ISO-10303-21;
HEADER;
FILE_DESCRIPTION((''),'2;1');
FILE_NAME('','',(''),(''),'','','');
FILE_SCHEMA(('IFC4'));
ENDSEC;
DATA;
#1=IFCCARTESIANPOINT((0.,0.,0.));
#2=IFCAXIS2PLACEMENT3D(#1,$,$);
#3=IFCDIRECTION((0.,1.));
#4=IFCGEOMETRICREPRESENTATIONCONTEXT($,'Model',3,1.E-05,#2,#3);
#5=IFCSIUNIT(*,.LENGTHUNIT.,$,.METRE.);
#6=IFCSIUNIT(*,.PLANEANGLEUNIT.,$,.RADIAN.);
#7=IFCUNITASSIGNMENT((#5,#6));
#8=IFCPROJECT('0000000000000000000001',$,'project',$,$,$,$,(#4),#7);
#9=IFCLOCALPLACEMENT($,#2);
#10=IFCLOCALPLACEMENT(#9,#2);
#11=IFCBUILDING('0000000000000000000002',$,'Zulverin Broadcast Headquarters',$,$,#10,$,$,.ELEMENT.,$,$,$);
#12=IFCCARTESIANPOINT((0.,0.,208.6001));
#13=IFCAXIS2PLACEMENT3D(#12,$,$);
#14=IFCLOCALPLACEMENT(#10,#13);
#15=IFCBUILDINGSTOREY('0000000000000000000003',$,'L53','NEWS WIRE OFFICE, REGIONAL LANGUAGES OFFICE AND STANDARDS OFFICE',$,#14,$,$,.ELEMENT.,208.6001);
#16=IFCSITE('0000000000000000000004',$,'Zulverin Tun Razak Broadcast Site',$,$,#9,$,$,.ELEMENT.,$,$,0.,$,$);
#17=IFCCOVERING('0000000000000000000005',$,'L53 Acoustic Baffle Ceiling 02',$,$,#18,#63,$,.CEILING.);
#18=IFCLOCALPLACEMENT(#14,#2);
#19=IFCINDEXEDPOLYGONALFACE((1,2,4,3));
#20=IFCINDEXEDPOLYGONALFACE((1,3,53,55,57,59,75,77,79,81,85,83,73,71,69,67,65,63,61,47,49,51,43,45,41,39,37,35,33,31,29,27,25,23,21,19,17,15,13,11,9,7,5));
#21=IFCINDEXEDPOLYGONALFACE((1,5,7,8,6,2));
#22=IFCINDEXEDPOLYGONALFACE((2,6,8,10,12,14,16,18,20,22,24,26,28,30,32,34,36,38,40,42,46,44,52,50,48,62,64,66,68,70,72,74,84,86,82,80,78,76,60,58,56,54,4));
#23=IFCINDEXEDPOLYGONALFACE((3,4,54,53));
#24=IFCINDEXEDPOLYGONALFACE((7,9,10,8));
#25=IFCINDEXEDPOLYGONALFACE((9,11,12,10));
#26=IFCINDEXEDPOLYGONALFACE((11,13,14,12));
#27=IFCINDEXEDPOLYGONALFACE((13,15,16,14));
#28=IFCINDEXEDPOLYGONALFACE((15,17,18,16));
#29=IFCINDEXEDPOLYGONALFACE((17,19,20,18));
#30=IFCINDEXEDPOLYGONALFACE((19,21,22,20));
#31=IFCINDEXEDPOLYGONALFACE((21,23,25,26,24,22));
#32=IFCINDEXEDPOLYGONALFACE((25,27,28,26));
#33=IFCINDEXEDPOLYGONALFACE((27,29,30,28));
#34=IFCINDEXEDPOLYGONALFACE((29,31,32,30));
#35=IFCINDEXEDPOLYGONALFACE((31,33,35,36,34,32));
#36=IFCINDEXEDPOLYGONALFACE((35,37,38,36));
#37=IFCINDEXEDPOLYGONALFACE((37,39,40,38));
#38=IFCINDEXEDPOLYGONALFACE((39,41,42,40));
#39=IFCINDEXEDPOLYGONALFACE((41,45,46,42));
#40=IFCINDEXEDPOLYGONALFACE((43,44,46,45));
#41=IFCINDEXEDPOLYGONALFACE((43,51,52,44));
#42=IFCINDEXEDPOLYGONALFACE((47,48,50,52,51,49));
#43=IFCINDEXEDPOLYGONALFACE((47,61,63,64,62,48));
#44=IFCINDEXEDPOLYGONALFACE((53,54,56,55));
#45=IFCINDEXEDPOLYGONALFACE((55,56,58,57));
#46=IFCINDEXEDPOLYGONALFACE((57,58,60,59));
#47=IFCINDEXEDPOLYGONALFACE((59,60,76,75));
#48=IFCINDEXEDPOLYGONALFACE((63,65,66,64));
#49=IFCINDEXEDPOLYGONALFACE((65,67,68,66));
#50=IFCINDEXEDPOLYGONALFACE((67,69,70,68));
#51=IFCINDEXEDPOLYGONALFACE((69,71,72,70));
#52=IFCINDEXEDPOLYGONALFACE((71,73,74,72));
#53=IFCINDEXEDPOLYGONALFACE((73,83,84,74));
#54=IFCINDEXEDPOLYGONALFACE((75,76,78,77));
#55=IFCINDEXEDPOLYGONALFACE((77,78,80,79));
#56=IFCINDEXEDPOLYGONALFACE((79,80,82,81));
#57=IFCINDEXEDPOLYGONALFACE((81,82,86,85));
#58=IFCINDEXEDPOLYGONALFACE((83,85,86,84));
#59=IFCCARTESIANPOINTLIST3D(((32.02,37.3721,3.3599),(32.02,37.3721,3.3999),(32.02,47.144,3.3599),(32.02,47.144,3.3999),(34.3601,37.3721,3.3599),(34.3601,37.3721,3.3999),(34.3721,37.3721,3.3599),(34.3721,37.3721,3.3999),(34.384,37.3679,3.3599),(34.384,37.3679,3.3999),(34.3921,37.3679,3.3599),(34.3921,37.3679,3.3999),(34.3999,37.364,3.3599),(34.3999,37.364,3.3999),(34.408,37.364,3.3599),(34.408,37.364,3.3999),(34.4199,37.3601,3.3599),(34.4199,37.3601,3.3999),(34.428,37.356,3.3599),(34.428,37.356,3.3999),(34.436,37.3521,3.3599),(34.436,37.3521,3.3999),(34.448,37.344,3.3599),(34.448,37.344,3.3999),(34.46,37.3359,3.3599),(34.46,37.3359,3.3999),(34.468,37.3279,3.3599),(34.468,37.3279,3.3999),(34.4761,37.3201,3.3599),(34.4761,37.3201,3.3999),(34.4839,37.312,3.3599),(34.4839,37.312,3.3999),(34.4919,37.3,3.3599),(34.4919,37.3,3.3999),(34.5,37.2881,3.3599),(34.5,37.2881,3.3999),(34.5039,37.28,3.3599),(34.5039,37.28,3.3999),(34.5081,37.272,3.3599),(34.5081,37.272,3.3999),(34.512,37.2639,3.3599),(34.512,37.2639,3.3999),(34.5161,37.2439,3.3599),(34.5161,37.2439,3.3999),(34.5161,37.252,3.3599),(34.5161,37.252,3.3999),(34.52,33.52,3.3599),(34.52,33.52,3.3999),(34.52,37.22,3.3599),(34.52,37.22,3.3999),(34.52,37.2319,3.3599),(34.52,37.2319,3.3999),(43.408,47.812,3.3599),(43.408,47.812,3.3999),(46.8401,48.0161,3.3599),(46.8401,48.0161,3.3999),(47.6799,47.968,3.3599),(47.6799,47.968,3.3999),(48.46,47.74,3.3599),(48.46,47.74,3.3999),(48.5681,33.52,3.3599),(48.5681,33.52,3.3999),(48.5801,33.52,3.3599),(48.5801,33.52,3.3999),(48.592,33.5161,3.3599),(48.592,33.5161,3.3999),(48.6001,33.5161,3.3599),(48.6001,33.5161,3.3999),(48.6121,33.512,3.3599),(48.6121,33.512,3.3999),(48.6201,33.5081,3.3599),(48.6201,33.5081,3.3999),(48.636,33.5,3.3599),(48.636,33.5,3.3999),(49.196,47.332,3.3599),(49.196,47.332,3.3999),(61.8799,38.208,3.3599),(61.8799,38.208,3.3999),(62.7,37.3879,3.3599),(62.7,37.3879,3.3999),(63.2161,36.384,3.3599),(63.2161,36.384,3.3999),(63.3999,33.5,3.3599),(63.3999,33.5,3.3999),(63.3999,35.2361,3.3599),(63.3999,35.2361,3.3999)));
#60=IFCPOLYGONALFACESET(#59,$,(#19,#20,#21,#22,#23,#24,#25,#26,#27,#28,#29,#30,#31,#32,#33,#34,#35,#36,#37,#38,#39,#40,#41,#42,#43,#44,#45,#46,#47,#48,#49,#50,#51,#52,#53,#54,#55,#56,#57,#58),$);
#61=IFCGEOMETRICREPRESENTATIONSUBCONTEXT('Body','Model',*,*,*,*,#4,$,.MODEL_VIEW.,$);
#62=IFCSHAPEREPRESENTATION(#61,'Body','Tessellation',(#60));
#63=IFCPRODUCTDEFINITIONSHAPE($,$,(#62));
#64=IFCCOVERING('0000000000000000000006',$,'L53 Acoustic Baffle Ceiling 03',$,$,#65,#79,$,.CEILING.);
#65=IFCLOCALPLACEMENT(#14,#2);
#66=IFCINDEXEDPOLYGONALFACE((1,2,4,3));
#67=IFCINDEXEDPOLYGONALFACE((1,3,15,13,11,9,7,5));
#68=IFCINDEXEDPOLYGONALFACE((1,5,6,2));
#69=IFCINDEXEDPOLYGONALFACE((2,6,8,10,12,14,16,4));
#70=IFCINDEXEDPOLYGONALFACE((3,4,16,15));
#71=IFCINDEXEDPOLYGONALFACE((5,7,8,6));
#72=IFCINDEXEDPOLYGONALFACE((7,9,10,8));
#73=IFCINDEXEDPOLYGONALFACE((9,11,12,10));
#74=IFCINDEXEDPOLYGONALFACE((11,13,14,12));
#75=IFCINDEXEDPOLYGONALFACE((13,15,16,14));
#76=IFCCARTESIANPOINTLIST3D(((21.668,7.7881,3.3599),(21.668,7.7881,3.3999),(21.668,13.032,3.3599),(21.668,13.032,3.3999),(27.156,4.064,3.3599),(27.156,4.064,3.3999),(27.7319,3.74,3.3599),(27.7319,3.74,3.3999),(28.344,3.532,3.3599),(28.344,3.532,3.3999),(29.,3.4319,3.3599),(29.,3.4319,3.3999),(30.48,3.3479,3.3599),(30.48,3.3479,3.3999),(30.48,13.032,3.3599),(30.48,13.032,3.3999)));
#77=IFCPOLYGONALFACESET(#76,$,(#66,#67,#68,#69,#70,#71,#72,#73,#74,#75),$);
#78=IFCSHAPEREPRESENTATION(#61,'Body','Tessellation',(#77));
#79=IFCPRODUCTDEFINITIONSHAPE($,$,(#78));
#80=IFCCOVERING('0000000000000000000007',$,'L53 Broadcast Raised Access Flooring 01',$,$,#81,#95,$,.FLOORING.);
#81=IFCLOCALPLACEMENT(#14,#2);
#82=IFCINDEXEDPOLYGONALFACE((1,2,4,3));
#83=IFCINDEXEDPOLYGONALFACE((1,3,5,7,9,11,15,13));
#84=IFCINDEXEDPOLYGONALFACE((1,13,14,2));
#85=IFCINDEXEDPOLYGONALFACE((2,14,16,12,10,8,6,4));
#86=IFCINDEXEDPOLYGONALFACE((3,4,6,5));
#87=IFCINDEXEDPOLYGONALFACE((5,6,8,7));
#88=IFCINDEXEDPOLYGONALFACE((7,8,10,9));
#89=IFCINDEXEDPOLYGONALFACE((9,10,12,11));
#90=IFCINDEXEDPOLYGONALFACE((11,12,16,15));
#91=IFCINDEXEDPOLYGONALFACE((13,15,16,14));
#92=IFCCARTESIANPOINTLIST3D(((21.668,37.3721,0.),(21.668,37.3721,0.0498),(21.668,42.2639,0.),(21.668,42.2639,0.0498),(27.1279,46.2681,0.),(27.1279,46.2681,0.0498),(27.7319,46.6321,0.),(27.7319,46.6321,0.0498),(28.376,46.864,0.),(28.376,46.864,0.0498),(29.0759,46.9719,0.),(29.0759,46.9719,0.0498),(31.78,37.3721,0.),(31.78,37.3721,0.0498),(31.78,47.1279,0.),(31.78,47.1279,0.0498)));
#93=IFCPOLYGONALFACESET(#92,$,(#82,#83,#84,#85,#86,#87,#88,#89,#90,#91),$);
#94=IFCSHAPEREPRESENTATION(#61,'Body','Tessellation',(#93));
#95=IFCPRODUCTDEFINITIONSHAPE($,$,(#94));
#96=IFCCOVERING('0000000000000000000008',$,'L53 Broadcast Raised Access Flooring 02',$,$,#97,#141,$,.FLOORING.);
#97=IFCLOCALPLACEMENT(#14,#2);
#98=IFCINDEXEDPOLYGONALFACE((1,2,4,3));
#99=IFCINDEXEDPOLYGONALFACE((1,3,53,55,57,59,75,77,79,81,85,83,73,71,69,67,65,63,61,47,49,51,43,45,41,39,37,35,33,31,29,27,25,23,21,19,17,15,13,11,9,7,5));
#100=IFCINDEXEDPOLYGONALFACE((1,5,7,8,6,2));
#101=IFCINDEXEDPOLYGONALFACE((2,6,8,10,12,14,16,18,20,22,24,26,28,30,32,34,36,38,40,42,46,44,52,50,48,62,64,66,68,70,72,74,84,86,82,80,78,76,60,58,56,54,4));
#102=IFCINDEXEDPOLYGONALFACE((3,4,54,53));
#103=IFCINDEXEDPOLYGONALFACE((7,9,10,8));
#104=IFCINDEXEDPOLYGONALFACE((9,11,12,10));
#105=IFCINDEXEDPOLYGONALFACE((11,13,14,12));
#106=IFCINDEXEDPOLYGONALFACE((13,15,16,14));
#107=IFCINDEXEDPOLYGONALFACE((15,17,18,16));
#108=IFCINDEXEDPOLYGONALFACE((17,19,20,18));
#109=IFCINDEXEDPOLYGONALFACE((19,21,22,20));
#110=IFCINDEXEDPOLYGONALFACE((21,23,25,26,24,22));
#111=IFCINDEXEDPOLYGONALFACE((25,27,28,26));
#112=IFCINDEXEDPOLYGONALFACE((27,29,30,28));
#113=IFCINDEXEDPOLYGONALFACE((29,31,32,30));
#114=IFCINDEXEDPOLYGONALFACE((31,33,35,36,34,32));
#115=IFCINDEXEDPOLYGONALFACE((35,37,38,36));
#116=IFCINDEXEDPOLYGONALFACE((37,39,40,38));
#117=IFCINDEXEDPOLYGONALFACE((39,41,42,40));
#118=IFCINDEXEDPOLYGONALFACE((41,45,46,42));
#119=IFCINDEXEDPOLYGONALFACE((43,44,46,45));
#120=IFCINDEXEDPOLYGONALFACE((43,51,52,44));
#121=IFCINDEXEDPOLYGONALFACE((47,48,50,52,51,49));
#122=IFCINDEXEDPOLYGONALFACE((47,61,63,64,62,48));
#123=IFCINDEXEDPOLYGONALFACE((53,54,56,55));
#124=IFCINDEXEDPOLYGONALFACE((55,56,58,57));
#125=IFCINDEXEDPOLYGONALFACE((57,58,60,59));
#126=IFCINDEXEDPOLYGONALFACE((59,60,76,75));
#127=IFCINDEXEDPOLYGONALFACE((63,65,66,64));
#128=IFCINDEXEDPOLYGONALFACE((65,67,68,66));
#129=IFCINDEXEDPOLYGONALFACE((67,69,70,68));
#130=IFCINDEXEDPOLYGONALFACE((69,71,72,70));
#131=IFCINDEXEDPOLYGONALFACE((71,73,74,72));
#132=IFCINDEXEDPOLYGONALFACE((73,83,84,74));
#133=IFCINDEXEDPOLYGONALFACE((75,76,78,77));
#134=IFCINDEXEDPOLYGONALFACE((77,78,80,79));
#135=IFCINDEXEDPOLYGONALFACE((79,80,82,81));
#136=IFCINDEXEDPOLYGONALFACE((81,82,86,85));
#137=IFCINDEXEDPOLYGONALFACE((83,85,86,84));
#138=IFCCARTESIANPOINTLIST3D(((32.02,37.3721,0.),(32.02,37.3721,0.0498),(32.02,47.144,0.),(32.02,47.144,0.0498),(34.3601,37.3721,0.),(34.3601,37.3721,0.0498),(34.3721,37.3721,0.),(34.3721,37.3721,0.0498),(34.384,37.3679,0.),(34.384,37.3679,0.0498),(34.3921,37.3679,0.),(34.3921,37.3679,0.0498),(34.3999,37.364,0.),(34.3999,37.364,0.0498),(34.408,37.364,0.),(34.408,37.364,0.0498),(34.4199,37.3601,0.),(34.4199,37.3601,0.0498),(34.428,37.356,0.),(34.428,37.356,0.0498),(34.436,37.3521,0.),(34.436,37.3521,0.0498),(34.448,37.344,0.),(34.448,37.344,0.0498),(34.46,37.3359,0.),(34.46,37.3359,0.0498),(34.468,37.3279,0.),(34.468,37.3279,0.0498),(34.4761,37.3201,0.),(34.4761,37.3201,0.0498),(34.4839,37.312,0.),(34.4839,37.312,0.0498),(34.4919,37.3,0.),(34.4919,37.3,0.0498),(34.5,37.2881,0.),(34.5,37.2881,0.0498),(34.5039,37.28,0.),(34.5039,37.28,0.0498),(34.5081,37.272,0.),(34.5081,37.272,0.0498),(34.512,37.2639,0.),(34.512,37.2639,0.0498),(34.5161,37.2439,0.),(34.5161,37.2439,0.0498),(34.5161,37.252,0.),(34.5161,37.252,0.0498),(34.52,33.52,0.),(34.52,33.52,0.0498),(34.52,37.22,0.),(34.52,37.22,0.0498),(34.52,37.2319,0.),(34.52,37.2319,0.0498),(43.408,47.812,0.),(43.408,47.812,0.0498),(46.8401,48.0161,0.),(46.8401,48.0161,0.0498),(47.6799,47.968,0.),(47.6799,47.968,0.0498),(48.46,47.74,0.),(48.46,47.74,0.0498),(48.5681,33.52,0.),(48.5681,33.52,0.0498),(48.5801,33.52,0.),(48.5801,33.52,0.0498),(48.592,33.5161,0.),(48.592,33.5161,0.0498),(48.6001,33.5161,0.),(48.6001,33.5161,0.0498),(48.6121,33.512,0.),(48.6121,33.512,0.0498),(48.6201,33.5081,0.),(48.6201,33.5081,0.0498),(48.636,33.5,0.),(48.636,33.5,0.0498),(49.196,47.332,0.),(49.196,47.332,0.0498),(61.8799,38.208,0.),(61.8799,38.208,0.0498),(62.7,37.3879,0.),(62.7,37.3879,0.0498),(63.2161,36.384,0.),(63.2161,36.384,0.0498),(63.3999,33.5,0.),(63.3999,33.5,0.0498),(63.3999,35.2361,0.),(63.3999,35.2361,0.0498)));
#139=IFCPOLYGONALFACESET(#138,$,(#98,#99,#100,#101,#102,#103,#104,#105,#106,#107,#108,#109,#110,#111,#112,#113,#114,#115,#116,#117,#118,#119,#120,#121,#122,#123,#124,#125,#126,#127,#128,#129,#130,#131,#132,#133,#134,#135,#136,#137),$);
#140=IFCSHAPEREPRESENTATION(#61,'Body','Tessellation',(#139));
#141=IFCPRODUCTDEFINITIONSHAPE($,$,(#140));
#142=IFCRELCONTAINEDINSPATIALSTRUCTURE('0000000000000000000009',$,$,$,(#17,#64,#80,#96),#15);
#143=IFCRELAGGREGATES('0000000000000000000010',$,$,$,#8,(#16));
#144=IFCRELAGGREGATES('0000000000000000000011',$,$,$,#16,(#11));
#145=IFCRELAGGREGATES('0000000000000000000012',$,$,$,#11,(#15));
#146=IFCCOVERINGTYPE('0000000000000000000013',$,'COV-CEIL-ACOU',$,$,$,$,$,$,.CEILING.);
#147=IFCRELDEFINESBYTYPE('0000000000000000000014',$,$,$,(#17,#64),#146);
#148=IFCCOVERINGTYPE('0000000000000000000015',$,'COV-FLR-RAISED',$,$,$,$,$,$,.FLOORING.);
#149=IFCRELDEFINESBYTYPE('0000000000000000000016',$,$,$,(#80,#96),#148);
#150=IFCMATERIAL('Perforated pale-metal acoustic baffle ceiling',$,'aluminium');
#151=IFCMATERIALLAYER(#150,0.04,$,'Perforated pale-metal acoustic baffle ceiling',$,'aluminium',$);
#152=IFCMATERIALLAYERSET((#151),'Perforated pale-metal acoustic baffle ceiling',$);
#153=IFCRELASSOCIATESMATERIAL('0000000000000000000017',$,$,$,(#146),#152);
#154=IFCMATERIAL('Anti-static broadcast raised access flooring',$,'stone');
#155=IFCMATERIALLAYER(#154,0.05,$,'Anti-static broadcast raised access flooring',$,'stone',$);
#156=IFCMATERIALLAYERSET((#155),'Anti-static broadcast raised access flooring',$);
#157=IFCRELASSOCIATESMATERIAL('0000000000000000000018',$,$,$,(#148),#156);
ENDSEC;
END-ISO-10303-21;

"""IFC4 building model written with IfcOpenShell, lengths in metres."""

from ifc_helpers import new_model, si_unit, direction, frame, origin, place, context, subcontext, project, spatial, polyline, outline, extrude, material, layer, layer_set, type_object, element, save


model = new_model("IFC4")

# Units and contexts
model_context = context("Model", 3, precision=1e-05, world=origin(), true_north=direction((0.0, 1.0)))
body_context = subcontext(model_context, "Body", "Model", "MODEL_VIEW")
ifc_project = project(units=[si_unit("LENGTHUNIT", "METRE"), si_unit("PLANEANGLEUNIT", "RADIAN")], contexts=[model_context])

# Site, building, storey
site_placement = place(None, origin())
site = spatial("IfcSite", under=ifc_project, at=site_placement, Name="Zulverin Tun Razak Broadcast Site", CompositionType="ELEMENT", RefElevation=0.0)
building_placement = place(site_placement, origin())
building = spatial("IfcBuilding", under=site, at=building_placement, Name="Zulverin Broadcast Headquarters", CompositionType="ELEMENT")
storey_placement = place(building_placement, frame((0.0, 0.0, 208.6001)))
storey = spatial("IfcBuildingStorey", under=building, at=storey_placement, Name="L53", Description="NEWS WIRE OFFICE, REGIONAL LANGUAGES OFFICE AND STANDARDS OFFICE", CompositionType="ELEMENT", Elevation=208.6001)

# Coverings
ifc_material_1 = material(Name="Perforated pale-metal acoustic baffle ceiling", Category="aluminium")
ifc_layer_1 = layer(ifc_material_1, 0.04, Name="Perforated pale-metal acoustic baffle ceiling", Category="aluminium")
ifc_layer_set_1 = layer_set([ifc_layer_1], Name="Perforated pale-metal acoustic baffle ceiling")
covering_type_1 = type_object("IfcCoveringType", Name="COV-CEIL-ACOU", PredefinedType="CEILING", material=ifc_layer_set_1)
covering_1_placement = place(storey_placement, frame((0.0, 0.0, 3.3599)))
element("IfcCovering", 1, at=covering_1_placement, inside=storey, type_object=covering_type_1, Name="L53 Acoustic Baffle Ceiling 02", PredefinedType="CEILING", context=body_context, shape_type="SweptSolid", body=[
    extrude(outline(polyline([(47.6799, 47.968), (46.8401, 48.0161), (43.408, 47.812), (32.02, 47.144), (32.02, 37.3721), (34.3601, 37.3721), (34.3721, 37.3721), (34.384, 37.3679), (34.3921, 37.3679), (34.3999, 37.364), (34.408, 37.364), (34.4199, 37.3601), (34.428, 37.356), (34.436, 37.3521), (34.448, 37.344), (34.46, 37.3359), (34.468, 37.3279), (34.4761, 37.3201), (34.4839, 37.312), (34.4919, 37.3), (34.5, 37.2881), (34.5039, 37.28), (34.5081, 37.272), (34.512, 37.2639), (34.5161, 37.252), (34.5161, 37.2439), (34.52, 37.2319), (34.52, 37.22), (34.52, 33.52), (48.5681, 33.52), (48.5801, 33.52), (48.592, 33.5161), (48.6001, 33.5161), (48.6121, 33.512), (48.6201, 33.5081), (48.636, 33.5), (63.3999, 33.5), (63.3999, 35.2361), (63.2161, 36.384), (62.7, 37.3879), (61.8799, 38.208), (49.196, 47.332), (48.46, 47.74), (47.6799, 47.968)])), origin(), (0.0, 0.0, 1.0), 0.04),
])
covering_2_placement = place(storey_placement, frame((0.0, 0.0, 3.3599)))
element("IfcCovering", 2, at=covering_2_placement, inside=storey, type_object=covering_type_1, Name="L53 Acoustic Baffle Ceiling 03", PredefinedType="CEILING", context=body_context, shape_type="SweptSolid", body=[
    extrude(outline(polyline([(27.7319, 3.74), (28.344, 3.532), (29.0, 3.4319), (30.48, 3.3479), (30.48, 13.032), (21.668, 13.032), (21.668, 7.7881), (27.156, 4.064), (27.7319, 3.74)])), origin(), (0.0, 0.0, 1.0), 0.04),
])
ifc_material_2 = material(Name="Anti-static broadcast raised access flooring", Category="stone")
ifc_layer_2 = layer(ifc_material_2, 0.05, Name="Anti-static broadcast raised access flooring", Category="stone")
ifc_layer_set_2 = layer_set([ifc_layer_2], Name="Anti-static broadcast raised access flooring")
covering_type_2 = type_object("IfcCoveringType", Name="COV-FLR-RAISED", PredefinedType="FLOORING", material=ifc_layer_set_2)
covering_3_placement = place(storey_placement, origin())
element("IfcCovering", 3, at=covering_3_placement, inside=storey, type_object=covering_type_2, Name="L53 Broadcast Raised Access Flooring 01", PredefinedType="FLOORING", context=body_context, shape_type="SweptSolid", body=[
    extrude(outline(polyline([(31.78, 37.3721), (31.78, 47.1279), (29.0759, 46.9719), (28.376, 46.864), (27.7319, 46.6321), (27.1279, 46.2681), (21.668, 42.2639), (21.668, 37.3721), (31.78, 37.3721)])), origin(), (0.0, 0.0, 1.0), 0.0498),
])
covering_4_placement = place(storey_placement, origin())
element("IfcCovering", 4, at=covering_4_placement, inside=storey, type_object=covering_type_2, Name="L53 Broadcast Raised Access Flooring 02", PredefinedType="FLOORING", context=body_context, shape_type="SweptSolid", body=[
    extrude(outline(polyline([(47.6799, 47.968), (46.8401, 48.0161), (43.408, 47.812), (32.02, 47.144), (32.02, 37.3721), (34.3601, 37.3721), (34.3721, 37.3721), (34.384, 37.3679), (34.3921, 37.3679), (34.3999, 37.364), (34.408, 37.364), (34.4199, 37.3601), (34.428, 37.356), (34.436, 37.3521), (34.448, 37.344), (34.46, 37.3359), (34.468, 37.3279), (34.4761, 37.3201), (34.4839, 37.312), (34.4919, 37.3), (34.5, 37.2881), (34.5039, 37.28), (34.5081, 37.272), (34.512, 37.2639), (34.5161, 37.252), (34.5161, 37.2439), (34.52, 37.2319), (34.52, 37.22), (34.52, 33.52), (48.5681, 33.52), (48.5801, 33.52), (48.592, 33.5161), (48.6001, 33.5161), (48.6121, 33.512), (48.6201, 33.5081), (48.636, 33.5), (63.3999, 33.5), (63.3999, 35.2361), (63.2161, 36.384), (62.7, 37.3879), (61.8799, 38.208), (49.196, 47.332), (48.46, 47.74), (47.6799, 47.968)])), origin(), (0.0, 0.0, 1.0), 0.0498),
])

save(model, "model.ifc")
